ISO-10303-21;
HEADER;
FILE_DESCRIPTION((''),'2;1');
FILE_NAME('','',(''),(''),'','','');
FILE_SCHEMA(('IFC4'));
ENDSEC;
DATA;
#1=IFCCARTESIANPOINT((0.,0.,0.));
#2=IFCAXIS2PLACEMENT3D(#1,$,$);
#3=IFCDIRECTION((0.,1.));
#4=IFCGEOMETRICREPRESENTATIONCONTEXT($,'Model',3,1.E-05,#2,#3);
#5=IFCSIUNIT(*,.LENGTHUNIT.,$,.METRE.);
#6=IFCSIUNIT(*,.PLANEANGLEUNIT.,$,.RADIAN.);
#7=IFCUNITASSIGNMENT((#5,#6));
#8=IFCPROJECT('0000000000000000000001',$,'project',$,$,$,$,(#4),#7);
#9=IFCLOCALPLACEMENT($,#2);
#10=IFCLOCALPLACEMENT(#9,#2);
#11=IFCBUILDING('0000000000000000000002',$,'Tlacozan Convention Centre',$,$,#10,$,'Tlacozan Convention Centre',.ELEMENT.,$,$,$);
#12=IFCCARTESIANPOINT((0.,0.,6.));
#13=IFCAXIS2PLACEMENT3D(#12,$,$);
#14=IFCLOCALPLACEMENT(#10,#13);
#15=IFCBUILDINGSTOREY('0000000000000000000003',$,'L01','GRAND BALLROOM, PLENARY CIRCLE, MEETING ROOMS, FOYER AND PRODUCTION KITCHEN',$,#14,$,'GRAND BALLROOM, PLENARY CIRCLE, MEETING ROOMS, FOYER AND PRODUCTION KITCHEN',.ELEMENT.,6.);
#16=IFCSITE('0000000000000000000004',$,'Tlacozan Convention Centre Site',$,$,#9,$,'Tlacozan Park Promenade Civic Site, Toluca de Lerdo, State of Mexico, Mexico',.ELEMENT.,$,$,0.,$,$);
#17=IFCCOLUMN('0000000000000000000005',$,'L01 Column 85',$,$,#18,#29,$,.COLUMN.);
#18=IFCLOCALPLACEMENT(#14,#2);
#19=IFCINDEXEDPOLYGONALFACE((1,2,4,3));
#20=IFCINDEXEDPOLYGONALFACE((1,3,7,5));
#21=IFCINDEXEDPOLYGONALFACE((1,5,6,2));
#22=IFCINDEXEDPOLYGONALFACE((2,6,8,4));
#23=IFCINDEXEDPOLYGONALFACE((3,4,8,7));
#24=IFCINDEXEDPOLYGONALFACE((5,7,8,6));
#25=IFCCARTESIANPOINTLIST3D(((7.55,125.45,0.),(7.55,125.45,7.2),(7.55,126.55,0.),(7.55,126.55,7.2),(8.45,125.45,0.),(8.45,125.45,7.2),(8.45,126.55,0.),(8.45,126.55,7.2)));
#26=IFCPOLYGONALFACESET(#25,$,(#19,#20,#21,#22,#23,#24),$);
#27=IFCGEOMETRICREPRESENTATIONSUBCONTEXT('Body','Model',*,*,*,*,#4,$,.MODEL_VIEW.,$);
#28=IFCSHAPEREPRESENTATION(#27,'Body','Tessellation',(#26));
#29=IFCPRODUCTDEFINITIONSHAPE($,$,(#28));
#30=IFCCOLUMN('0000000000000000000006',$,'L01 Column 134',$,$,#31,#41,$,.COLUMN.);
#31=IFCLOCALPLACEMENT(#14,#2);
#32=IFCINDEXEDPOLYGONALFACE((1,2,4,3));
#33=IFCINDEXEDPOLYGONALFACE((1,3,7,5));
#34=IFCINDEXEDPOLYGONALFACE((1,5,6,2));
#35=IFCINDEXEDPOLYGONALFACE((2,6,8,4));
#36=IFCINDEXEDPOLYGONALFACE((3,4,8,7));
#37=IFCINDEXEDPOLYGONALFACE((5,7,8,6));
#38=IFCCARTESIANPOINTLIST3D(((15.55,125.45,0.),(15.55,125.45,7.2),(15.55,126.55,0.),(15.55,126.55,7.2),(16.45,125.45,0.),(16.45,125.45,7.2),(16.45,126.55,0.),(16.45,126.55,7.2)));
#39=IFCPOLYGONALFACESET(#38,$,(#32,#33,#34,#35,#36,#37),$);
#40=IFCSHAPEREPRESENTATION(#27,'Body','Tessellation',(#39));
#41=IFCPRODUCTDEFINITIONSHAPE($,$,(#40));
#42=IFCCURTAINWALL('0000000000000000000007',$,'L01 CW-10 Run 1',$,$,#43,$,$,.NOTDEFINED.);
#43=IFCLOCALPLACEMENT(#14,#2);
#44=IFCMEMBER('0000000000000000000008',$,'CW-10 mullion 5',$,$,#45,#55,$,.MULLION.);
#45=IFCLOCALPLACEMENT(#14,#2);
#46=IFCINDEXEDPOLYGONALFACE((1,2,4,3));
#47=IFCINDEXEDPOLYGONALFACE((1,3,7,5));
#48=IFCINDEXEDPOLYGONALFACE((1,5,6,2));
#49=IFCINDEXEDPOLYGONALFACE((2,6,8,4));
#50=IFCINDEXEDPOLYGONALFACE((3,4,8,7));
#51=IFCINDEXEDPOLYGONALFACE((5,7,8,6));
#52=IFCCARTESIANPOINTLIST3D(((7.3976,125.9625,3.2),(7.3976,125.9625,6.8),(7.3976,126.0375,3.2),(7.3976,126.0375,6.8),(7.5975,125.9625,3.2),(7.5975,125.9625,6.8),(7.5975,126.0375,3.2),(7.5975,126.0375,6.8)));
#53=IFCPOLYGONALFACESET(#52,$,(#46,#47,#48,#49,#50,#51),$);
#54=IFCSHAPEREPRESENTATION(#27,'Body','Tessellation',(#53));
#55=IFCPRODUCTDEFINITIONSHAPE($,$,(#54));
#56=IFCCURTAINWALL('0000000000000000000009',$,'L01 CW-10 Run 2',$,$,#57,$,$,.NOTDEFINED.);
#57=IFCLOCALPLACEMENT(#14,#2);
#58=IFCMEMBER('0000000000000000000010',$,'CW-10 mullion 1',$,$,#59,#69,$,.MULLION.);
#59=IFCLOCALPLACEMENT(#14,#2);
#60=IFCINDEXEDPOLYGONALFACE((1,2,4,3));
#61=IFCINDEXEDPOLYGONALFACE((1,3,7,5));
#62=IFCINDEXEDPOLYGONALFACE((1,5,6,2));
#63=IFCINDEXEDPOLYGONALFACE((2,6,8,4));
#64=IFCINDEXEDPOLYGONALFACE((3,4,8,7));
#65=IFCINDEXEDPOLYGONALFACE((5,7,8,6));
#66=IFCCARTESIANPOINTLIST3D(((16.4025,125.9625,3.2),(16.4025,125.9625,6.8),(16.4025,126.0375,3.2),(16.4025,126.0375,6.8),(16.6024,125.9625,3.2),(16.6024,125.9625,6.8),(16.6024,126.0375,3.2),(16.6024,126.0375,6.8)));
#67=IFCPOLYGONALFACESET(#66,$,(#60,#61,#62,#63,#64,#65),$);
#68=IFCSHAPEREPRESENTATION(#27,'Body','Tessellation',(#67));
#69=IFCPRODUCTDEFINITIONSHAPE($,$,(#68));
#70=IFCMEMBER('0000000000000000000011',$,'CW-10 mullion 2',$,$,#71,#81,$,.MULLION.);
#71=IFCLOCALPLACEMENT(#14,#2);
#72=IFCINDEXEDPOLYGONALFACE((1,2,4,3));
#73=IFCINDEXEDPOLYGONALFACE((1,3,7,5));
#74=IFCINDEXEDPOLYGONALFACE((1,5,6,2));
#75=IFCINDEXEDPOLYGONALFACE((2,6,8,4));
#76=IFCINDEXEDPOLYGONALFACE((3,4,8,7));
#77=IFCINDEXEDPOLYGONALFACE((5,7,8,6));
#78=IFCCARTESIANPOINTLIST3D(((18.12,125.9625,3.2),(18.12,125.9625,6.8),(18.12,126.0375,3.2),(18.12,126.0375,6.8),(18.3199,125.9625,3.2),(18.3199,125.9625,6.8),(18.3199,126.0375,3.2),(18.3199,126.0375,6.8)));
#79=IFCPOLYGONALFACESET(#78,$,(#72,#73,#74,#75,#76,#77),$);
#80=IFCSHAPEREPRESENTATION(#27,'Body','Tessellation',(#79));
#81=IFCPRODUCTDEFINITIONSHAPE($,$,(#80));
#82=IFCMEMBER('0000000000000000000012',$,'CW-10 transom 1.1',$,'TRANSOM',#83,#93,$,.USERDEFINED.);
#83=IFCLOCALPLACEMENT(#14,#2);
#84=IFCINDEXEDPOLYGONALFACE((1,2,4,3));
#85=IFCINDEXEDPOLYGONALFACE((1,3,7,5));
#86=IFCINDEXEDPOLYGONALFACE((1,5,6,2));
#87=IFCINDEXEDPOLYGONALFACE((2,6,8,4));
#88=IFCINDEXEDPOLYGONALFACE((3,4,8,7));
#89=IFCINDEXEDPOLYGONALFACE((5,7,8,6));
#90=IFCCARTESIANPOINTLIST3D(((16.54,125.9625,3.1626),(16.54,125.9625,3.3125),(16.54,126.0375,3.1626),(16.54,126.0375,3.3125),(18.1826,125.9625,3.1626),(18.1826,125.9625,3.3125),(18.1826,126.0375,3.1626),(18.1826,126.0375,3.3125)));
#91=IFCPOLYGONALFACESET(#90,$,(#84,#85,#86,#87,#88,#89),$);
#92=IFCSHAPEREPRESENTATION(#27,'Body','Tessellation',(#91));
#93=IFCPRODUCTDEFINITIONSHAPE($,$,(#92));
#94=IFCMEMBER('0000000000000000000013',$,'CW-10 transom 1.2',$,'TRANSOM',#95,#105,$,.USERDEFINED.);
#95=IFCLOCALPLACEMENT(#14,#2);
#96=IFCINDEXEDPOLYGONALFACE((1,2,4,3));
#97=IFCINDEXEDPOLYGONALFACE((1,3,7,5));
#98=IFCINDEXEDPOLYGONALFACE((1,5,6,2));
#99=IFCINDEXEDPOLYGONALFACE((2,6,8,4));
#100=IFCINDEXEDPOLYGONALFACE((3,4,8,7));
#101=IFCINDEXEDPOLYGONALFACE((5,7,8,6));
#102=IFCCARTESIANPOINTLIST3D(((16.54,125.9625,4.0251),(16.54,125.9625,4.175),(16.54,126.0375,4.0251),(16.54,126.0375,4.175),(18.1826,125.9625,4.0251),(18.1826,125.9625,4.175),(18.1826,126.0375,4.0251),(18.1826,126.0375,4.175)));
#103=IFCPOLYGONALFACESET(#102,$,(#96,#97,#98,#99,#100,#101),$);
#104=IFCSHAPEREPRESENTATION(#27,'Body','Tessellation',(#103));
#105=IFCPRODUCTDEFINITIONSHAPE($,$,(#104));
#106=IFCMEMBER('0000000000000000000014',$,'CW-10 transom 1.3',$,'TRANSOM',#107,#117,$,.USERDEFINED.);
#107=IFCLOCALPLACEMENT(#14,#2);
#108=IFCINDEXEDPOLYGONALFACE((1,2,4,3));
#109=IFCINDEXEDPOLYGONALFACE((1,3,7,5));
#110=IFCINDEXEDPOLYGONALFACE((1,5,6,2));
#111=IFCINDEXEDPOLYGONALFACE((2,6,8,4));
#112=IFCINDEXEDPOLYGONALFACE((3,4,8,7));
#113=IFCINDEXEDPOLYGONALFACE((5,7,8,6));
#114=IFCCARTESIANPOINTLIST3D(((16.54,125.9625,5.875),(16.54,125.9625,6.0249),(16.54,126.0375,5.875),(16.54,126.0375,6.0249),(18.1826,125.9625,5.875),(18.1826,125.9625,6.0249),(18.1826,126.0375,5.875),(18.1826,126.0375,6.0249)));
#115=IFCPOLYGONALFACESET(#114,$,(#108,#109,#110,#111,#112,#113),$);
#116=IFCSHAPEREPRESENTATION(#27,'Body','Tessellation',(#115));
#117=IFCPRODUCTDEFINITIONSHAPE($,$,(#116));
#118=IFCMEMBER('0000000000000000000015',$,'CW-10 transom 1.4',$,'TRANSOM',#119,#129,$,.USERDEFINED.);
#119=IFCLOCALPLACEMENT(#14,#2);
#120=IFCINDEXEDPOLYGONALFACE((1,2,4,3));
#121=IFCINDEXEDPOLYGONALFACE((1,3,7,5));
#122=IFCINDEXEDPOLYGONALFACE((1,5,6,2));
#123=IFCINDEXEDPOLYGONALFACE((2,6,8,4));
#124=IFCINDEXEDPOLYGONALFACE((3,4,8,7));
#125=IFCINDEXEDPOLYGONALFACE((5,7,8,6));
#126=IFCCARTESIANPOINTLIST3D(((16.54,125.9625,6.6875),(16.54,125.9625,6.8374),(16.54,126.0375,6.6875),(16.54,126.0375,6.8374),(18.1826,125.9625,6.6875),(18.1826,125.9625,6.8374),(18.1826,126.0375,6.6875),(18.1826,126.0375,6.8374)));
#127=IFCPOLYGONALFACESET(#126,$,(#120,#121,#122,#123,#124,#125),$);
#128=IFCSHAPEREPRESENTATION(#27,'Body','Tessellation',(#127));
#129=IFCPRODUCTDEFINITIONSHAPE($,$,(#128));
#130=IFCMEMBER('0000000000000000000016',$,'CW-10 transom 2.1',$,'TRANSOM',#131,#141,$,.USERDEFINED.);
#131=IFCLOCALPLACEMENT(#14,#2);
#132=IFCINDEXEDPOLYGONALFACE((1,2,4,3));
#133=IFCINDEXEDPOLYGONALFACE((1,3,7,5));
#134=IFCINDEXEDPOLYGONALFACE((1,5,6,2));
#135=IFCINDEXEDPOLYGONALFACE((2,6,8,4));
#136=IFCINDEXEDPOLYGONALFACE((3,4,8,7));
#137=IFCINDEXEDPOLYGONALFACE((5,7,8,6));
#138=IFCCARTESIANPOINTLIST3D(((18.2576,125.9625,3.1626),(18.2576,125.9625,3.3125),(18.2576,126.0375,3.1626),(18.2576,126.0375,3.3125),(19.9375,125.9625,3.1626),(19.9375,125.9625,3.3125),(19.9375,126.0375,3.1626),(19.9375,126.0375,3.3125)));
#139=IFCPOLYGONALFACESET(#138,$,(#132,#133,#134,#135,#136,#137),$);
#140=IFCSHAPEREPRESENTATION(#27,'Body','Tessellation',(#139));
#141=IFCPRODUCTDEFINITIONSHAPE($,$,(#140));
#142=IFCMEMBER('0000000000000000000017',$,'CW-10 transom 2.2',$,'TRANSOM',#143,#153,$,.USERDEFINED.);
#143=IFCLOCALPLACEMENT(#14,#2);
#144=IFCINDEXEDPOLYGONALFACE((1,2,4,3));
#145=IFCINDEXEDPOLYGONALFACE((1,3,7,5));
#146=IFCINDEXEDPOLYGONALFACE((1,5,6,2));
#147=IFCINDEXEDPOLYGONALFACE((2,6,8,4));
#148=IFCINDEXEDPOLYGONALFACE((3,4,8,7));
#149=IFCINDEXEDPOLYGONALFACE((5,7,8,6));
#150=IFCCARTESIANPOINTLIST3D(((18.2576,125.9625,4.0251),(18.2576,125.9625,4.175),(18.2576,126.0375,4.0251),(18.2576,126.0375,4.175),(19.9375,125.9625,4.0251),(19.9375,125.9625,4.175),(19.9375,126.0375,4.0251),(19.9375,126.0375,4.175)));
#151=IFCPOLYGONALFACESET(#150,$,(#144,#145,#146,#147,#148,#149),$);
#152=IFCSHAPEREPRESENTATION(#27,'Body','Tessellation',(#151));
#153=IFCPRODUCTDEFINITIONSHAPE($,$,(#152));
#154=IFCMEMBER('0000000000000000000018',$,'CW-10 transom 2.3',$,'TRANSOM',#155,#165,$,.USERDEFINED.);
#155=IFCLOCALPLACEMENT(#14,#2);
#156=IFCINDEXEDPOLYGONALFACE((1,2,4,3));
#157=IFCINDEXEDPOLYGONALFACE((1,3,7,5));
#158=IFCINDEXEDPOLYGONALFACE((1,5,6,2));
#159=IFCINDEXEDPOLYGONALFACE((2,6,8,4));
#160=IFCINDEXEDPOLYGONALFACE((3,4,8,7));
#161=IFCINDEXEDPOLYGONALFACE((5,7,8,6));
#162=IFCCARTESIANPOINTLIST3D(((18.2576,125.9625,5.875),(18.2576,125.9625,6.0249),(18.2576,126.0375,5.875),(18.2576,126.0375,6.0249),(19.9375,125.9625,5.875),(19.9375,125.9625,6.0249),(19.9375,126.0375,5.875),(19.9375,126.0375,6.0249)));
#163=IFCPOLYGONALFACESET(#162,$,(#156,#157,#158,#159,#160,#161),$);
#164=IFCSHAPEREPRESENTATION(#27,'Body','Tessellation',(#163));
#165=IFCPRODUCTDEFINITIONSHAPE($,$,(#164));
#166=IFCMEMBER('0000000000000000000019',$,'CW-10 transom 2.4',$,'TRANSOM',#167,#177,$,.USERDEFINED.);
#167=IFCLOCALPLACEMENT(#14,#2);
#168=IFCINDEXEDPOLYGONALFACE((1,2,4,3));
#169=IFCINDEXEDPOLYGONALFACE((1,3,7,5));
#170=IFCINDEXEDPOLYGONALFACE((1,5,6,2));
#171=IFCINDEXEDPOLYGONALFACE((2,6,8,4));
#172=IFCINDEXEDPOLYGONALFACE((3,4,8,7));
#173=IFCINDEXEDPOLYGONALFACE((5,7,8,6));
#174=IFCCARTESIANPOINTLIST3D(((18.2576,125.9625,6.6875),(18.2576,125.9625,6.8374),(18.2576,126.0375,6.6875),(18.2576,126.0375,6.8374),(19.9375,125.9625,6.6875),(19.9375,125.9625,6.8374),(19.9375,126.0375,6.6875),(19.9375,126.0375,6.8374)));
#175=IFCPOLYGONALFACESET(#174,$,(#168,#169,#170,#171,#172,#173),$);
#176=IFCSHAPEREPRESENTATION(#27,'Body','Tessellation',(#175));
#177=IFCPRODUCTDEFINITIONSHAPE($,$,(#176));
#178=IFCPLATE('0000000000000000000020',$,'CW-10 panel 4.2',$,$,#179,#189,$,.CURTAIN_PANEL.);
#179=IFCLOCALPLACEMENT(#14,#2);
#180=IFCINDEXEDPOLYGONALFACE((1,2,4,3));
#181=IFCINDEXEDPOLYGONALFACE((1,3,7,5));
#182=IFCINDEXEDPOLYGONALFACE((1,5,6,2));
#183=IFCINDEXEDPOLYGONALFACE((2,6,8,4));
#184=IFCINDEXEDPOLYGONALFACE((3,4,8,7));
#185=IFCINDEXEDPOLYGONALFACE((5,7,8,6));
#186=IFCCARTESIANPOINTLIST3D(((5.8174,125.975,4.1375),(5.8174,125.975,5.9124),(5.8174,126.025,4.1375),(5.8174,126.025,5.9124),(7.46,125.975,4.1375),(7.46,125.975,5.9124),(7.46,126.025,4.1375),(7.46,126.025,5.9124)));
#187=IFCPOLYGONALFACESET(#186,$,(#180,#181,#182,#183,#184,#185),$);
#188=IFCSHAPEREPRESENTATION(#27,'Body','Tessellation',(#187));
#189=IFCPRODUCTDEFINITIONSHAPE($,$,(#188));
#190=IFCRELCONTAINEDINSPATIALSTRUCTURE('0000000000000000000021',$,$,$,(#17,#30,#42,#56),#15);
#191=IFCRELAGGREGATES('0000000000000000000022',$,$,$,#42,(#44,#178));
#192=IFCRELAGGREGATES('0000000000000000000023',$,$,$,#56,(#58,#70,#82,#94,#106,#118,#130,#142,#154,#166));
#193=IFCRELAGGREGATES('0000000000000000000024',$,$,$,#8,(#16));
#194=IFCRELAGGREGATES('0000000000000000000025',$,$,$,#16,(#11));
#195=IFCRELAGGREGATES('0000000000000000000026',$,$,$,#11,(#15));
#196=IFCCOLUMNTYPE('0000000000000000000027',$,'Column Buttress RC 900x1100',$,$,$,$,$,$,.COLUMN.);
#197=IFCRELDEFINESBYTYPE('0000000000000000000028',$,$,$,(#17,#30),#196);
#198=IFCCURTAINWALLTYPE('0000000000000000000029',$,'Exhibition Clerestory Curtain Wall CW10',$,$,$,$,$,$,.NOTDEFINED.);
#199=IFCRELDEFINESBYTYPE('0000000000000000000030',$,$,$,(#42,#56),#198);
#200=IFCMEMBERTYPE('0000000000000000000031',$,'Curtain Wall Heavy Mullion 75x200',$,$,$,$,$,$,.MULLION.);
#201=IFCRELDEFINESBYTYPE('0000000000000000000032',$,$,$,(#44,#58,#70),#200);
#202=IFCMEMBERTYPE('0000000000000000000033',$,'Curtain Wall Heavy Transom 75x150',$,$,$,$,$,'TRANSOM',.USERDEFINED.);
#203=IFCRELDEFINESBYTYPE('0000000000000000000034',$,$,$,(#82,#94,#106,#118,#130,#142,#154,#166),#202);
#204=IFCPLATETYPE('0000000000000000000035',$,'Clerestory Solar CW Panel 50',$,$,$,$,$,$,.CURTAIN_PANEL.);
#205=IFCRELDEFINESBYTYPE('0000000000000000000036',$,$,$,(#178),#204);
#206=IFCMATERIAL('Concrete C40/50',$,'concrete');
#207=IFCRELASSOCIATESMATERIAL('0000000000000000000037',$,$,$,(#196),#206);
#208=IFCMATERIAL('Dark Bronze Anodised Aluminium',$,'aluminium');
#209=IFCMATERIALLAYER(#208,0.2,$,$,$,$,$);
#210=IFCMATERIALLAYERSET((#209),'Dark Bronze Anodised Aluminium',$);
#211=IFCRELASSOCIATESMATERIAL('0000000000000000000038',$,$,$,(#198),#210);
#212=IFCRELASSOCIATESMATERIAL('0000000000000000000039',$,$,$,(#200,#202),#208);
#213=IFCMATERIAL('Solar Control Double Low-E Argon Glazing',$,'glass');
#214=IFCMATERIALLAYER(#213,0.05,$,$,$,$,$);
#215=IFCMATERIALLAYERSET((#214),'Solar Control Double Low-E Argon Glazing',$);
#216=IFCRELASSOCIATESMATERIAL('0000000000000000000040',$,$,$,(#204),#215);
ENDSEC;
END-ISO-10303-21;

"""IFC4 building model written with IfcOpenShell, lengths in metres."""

from ifc_helpers import new_model, si_unit, direction, frame, origin, origin_2d, place, context, subcontext, project, spatial, rectangle, extrude, material, layer, layer_set, material_profile, profile_set, type_object, element, aggregate, save


model = new_model("IFC4")

# Units and contexts
model_context = context("Model", 3, precision=1e-05, world=origin(), true_north=direction((0.0, 1.0)))
body_context = subcontext(model_context, "Body", "Model", "MODEL_VIEW")
ifc_project = project(units=[si_unit("LENGTHUNIT", "METRE"), si_unit("PLANEANGLEUNIT", "RADIAN")], contexts=[model_context])

# Site, building, storey
site_placement = place(None, origin())
site = spatial("IfcSite", under=ifc_project, at=site_placement, Name="Tlacozan Convention Centre Site", LongName="Tlacozan Park Promenade Civic Site, Toluca de Lerdo, State of Mexico, Mexico", CompositionType="ELEMENT", RefElevation=0.0)
building_placement = place(site_placement, origin())
building = spatial("IfcBuilding", under=site, at=building_placement, Name="Tlacozan Convention Centre", LongName="Tlacozan Convention Centre", CompositionType="ELEMENT")
storey_placement = place(building_placement, frame((0.0, 0.0, 6.0)))
storey = spatial("IfcBuildingStorey", under=building, at=storey_placement, Name="L01", Description="GRAND BALLROOM, PLENARY CIRCLE, MEETING ROOMS, FOYER AND PRODUCTION KITCHEN", LongName="GRAND BALLROOM, PLENARY CIRCLE, MEETING ROOMS, FOYER AND PRODUCTION KITCHEN", CompositionType="ELEMENT", Elevation=6.0)

# Columns
ifc_material_1 = material(Name="Concrete C40/50", Category="concrete")
ifc_material_profile_1 = material_profile(ifc_material_1, rectangle(XDim=0.8999, YDim=1.1001, at=origin_2d()), Name="RC 900x1100")
ifc_profile_set_1 = profile_set([ifc_material_profile_1], Name="Concrete C40/50")
column_type = type_object("IfcColumnType", Name="Column Buttress RC 900x1100", PredefinedType="COLUMN", material=ifc_profile_set_1)
for number, where, z_axis, x_axis, name in (
    (1, (8.0, 126.0, 0.0), (0.0, 0.0, 1.0), (1.0, 0.0, 0.0), "L01 Column 85"),
    (2, (16.0, 126.0, 0.0), (0.0, 0.0, 1.0), (1.0, 0.0, 0.0), "L01 Column 134"),
):
    element("IfcColumn", number, at=place(storey_placement, frame(where, z_axis=z_axis, x_axis=x_axis)), inside=storey, type_object=column_type, Name=name, PredefinedType="COLUMN", context=body_context, shape_type="SweptSolid", body=[
        extrude(rectangle(XDim=0.8999, YDim=1.1001, at=origin_2d()), origin(), (0.0, 0.0, 1.0), 7.2),
    ])

# Curtain wall, member
ifc_material_2 = material(Name="Dark Bronze Anodised Aluminium", Category="aluminium")
ifc_layer_1 = layer(ifc_material_2, 0.2)
ifc_layer_set_1 = layer_set([ifc_layer_1], Name="Dark Bronze Anodised Aluminium")
curtain_wall_type = type_object("IfcCurtainWallType", Name="Exhibition Clerestory Curtain Wall CW10", PredefinedType="NOTDEFINED", material=ifc_layer_set_1)
curtain_wall_1_placement = place(storey_placement, origin())
curtain_wall_1 = element("IfcCurtainWall", 3, at=curtain_wall_1_placement, inside=storey, type_object=curtain_wall_type, Name="L01 CW-10 Run 1", PredefinedType="NOTDEFINED")
ifc_material_profile_2 = material_profile(ifc_material_2, rectangle(XDim=0.075, YDim=0.2, at=origin_2d()), Name="ALU 75x200")
ifc_profile_set_2 = profile_set([ifc_material_profile_2], Name="Dark Bronze Anodised Aluminium")
member_type_1 = type_object("IfcMemberType", Name="Curtain Wall Heavy Mullion 75x200", PredefinedType="MULLION", material=ifc_profile_set_2)
member_1_placement = place(storey_placement, frame((7.4976, 126.0, 3.2), z_axis=(0.0, 0.0, 1.0), x_axis=(0.0, 1.0, 0.0)))
member_1 = element("IfcMember", 4, at=member_1_placement, type_object=member_type_1, Name="CW-10 mullion 5", PredefinedType="MULLION", context=body_context, shape_type="SweptSolid", body=[
    extrude(rectangle(XDim=0.075, YDim=0.2, at=origin_2d()), origin(), (0.0, 0.0, 1.0), 3.6001),
])

# Curtain wall, members
curtain_wall_2_placement = place(storey_placement, origin())
curtain_wall_2 = element("IfcCurtainWall", 5, at=curtain_wall_2_placement, inside=storey, type_object=curtain_wall_type, Name="L01 CW-10 Run 2", PredefinedType="NOTDEFINED")
member_2_placement = place(storey_placement, frame((16.5024, 126.0, 3.2), z_axis=(0.0, 0.0, 1.0), x_axis=(0.0, 1.0, 0.0)))
member_2 = element("IfcMember", 6, at=member_2_placement, type_object=member_type_1, Name="CW-10 mullion 1", PredefinedType="MULLION", context=body_context, shape_type="SweptSolid", body=[
    extrude(rectangle(XDim=0.075, YDim=0.2, at=origin_2d()), origin(), (0.0, 0.0, 1.0), 3.6001),
])
member_3_placement = place(storey_placement, frame((18.22, 126.0, 3.2), z_axis=(0.0, 0.0, 1.0), x_axis=(0.0, 1.0, 0.0)))
member_3 = element("IfcMember", 7, at=member_3_placement, type_object=member_type_1, Name="CW-10 mullion 2", PredefinedType="MULLION", context=body_context, shape_type="SweptSolid", body=[
    extrude(rectangle(XDim=0.075, YDim=0.2, at=origin_2d()), origin(), (0.0, 0.0, 1.0), 3.6001),
])
ifc_material_profile_3 = material_profile(ifc_material_2, rectangle(XDim=0.075, YDim=0.1499, at=origin_2d()), Name="ALU 75x150")
ifc_profile_set_3 = profile_set([ifc_material_profile_3], Name="Dark Bronze Anodised Aluminium")
member_type_2 = type_object("IfcMemberType", Name="Curtain Wall Heavy Transom 75x150", ElementType="TRANSOM", PredefinedType="USERDEFINED", material=ifc_profile_set_3)
member_4_placement = place(storey_placement, frame((16.54, 126.0, 3.2375), z_axis=(1.0, 0.0, 0.0), x_axis=(0.0, 1.0, 0.0)))
member_4 = element("IfcMember", 8, at=member_4_placement, type_object=member_type_2, Name="CW-10 transom 1.1", ObjectType="TRANSOM", PredefinedType="USERDEFINED", context=body_context, shape_type="SweptSolid", body=[
    extrude(rectangle(XDim=0.075, YDim=0.1499, at=origin_2d()), origin(), (0.0, 0.0, 1.0), 1.6426),
])
member_5_placement = place(storey_placement, frame((16.54, 126.0, 4.1001), z_axis=(1.0, 0.0, 0.0), x_axis=(0.0, 1.0, 0.0)))
member_5 = element("IfcMember", 9, at=member_5_placement, type_object=member_type_2, Name="CW-10 transom 1.2", ObjectType="TRANSOM", PredefinedType="USERDEFINED", context=body_context, shape_type="SweptSolid", body=[
    extrude(rectangle(XDim=0.075, YDim=0.1499, at=origin_2d()), origin(), (0.0, 0.0, 1.0), 1.6426),
])
member_6_placement = place(storey_placement, frame((16.54, 126.0, 5.95), z_axis=(1.0, 0.0, 0.0), x_axis=(0.0, 1.0, 0.0)))
member_6 = element("IfcMember", 10, at=member_6_placement, type_object=member_type_2, Name="CW-10 transom 1.3", ObjectType="TRANSOM", PredefinedType="USERDEFINED", context=body_context, shape_type="SweptSolid", body=[
    extrude(rectangle(XDim=0.075, YDim=0.1499, at=origin_2d()), origin(), (0.0, 0.0, 1.0), 1.6426),
])
member_7_placement = place(storey_placement, frame((16.54, 126.0, 6.7625), z_axis=(1.0, 0.0, 0.0), x_axis=(0.0, 1.0, 0.0)))
member_7 = element("IfcMember", 11, at=member_7_placement, type_object=member_type_2, Name="CW-10 transom 1.4", ObjectType="TRANSOM", PredefinedType="USERDEFINED", context=body_context, shape_type="SweptSolid", body=[
    extrude(rectangle(XDim=0.075, YDim=0.1499, at=origin_2d()), origin(), (0.0, 0.0, 1.0), 1.6426),
])
member_8_placement = place(storey_placement, frame((18.2576, 126.0, 3.2375), z_axis=(1.0, 0.0, 0.0), x_axis=(0.0, 1.0, 0.0)))
member_8 = element("IfcMember", 12, at=member_8_placement, type_object=member_type_2, Name="CW-10 transom 2.1", ObjectType="TRANSOM", PredefinedType="USERDEFINED", context=body_context, shape_type="SweptSolid", body=[
    extrude(rectangle(XDim=0.075, YDim=0.1499, at=origin_2d()), origin(), (0.0, 0.0, 1.0), 1.6799),
])
member_9_placement = place(storey_placement, frame((18.2576, 126.0, 4.1001), z_axis=(1.0, 0.0, 0.0), x_axis=(0.0, 1.0, 0.0)))
member_9 = element("IfcMember", 13, at=member_9_placement, type_object=member_type_2, Name="CW-10 transom 2.2", ObjectType="TRANSOM", PredefinedType="USERDEFINED", context=body_context, shape_type="SweptSolid", body=[
    extrude(rectangle(XDim=0.075, YDim=0.1499, at=origin_2d()), origin(), (0.0, 0.0, 1.0), 1.6799),
])
member_10_placement = place(storey_placement, frame((18.2576, 126.0, 5.95), z_axis=(1.0, 0.0, 0.0), x_axis=(0.0, 1.0, 0.0)))
member_10 = element("IfcMember", 14, at=member_10_placement, type_object=member_type_2, Name="CW-10 transom 2.3", ObjectType="TRANSOM", PredefinedType="USERDEFINED", context=body_context, shape_type="SweptSolid", body=[
    extrude(rectangle(XDim=0.075, YDim=0.1499, at=origin_2d()), origin(), (0.0, 0.0, 1.0), 1.6799),
])
member_11_placement = place(storey_placement, frame((18.2576, 126.0, 6.7625), z_axis=(1.0, 0.0, 0.0), x_axis=(0.0, 1.0, 0.0)))
member_11 = element("IfcMember", 15, at=member_11_placement, type_object=member_type_2, Name="CW-10 transom 2.4", ObjectType="TRANSOM", PredefinedType="USERDEFINED", context=body_context, shape_type="SweptSolid", body=[
    extrude(rectangle(XDim=0.075, YDim=0.1499, at=origin_2d()), origin(), (0.0, 0.0, 1.0), 1.6799),
])

# Plate
ifc_material_3 = material(Name="Solar Control Double Low-E Argon Glazing", Category="glass")
ifc_layer_2 = layer(ifc_material_3, 0.05)
ifc_layer_set_2 = layer_set([ifc_layer_2], Name="Solar Control Double Low-E Argon Glazing")
plate_type = type_object("IfcPlateType", Name="Clerestory Solar CW Panel 50", PredefinedType="CURTAIN_PANEL", material=ifc_layer_set_2)
plate_1_placement = place(storey_placement, frame((6.6387, 126.0, 4.1375), z_axis=(0.0, 0.0, 1.0), x_axis=(1.0, 0.0, 0.0)))
plate_1 = element("IfcPlate", 16, at=plate_1_placement, type_object=plate_type, Name="CW-10 panel 4.2", PredefinedType="CURTAIN_PANEL", context=body_context, shape_type="SweptSolid", body=[
    extrude(rectangle(XDim=1.6426, YDim=0.05, at=origin_2d()), origin(), (0.0, 0.0, 1.0), 1.7749),
])
aggregate(curtain_wall_1, [member_1, plate_1])
aggregate(curtain_wall_2, [member_2, member_3, member_4, member_5, member_6, member_7, member_8, member_9, member_10, member_11])

save(model, "model.ifc")
